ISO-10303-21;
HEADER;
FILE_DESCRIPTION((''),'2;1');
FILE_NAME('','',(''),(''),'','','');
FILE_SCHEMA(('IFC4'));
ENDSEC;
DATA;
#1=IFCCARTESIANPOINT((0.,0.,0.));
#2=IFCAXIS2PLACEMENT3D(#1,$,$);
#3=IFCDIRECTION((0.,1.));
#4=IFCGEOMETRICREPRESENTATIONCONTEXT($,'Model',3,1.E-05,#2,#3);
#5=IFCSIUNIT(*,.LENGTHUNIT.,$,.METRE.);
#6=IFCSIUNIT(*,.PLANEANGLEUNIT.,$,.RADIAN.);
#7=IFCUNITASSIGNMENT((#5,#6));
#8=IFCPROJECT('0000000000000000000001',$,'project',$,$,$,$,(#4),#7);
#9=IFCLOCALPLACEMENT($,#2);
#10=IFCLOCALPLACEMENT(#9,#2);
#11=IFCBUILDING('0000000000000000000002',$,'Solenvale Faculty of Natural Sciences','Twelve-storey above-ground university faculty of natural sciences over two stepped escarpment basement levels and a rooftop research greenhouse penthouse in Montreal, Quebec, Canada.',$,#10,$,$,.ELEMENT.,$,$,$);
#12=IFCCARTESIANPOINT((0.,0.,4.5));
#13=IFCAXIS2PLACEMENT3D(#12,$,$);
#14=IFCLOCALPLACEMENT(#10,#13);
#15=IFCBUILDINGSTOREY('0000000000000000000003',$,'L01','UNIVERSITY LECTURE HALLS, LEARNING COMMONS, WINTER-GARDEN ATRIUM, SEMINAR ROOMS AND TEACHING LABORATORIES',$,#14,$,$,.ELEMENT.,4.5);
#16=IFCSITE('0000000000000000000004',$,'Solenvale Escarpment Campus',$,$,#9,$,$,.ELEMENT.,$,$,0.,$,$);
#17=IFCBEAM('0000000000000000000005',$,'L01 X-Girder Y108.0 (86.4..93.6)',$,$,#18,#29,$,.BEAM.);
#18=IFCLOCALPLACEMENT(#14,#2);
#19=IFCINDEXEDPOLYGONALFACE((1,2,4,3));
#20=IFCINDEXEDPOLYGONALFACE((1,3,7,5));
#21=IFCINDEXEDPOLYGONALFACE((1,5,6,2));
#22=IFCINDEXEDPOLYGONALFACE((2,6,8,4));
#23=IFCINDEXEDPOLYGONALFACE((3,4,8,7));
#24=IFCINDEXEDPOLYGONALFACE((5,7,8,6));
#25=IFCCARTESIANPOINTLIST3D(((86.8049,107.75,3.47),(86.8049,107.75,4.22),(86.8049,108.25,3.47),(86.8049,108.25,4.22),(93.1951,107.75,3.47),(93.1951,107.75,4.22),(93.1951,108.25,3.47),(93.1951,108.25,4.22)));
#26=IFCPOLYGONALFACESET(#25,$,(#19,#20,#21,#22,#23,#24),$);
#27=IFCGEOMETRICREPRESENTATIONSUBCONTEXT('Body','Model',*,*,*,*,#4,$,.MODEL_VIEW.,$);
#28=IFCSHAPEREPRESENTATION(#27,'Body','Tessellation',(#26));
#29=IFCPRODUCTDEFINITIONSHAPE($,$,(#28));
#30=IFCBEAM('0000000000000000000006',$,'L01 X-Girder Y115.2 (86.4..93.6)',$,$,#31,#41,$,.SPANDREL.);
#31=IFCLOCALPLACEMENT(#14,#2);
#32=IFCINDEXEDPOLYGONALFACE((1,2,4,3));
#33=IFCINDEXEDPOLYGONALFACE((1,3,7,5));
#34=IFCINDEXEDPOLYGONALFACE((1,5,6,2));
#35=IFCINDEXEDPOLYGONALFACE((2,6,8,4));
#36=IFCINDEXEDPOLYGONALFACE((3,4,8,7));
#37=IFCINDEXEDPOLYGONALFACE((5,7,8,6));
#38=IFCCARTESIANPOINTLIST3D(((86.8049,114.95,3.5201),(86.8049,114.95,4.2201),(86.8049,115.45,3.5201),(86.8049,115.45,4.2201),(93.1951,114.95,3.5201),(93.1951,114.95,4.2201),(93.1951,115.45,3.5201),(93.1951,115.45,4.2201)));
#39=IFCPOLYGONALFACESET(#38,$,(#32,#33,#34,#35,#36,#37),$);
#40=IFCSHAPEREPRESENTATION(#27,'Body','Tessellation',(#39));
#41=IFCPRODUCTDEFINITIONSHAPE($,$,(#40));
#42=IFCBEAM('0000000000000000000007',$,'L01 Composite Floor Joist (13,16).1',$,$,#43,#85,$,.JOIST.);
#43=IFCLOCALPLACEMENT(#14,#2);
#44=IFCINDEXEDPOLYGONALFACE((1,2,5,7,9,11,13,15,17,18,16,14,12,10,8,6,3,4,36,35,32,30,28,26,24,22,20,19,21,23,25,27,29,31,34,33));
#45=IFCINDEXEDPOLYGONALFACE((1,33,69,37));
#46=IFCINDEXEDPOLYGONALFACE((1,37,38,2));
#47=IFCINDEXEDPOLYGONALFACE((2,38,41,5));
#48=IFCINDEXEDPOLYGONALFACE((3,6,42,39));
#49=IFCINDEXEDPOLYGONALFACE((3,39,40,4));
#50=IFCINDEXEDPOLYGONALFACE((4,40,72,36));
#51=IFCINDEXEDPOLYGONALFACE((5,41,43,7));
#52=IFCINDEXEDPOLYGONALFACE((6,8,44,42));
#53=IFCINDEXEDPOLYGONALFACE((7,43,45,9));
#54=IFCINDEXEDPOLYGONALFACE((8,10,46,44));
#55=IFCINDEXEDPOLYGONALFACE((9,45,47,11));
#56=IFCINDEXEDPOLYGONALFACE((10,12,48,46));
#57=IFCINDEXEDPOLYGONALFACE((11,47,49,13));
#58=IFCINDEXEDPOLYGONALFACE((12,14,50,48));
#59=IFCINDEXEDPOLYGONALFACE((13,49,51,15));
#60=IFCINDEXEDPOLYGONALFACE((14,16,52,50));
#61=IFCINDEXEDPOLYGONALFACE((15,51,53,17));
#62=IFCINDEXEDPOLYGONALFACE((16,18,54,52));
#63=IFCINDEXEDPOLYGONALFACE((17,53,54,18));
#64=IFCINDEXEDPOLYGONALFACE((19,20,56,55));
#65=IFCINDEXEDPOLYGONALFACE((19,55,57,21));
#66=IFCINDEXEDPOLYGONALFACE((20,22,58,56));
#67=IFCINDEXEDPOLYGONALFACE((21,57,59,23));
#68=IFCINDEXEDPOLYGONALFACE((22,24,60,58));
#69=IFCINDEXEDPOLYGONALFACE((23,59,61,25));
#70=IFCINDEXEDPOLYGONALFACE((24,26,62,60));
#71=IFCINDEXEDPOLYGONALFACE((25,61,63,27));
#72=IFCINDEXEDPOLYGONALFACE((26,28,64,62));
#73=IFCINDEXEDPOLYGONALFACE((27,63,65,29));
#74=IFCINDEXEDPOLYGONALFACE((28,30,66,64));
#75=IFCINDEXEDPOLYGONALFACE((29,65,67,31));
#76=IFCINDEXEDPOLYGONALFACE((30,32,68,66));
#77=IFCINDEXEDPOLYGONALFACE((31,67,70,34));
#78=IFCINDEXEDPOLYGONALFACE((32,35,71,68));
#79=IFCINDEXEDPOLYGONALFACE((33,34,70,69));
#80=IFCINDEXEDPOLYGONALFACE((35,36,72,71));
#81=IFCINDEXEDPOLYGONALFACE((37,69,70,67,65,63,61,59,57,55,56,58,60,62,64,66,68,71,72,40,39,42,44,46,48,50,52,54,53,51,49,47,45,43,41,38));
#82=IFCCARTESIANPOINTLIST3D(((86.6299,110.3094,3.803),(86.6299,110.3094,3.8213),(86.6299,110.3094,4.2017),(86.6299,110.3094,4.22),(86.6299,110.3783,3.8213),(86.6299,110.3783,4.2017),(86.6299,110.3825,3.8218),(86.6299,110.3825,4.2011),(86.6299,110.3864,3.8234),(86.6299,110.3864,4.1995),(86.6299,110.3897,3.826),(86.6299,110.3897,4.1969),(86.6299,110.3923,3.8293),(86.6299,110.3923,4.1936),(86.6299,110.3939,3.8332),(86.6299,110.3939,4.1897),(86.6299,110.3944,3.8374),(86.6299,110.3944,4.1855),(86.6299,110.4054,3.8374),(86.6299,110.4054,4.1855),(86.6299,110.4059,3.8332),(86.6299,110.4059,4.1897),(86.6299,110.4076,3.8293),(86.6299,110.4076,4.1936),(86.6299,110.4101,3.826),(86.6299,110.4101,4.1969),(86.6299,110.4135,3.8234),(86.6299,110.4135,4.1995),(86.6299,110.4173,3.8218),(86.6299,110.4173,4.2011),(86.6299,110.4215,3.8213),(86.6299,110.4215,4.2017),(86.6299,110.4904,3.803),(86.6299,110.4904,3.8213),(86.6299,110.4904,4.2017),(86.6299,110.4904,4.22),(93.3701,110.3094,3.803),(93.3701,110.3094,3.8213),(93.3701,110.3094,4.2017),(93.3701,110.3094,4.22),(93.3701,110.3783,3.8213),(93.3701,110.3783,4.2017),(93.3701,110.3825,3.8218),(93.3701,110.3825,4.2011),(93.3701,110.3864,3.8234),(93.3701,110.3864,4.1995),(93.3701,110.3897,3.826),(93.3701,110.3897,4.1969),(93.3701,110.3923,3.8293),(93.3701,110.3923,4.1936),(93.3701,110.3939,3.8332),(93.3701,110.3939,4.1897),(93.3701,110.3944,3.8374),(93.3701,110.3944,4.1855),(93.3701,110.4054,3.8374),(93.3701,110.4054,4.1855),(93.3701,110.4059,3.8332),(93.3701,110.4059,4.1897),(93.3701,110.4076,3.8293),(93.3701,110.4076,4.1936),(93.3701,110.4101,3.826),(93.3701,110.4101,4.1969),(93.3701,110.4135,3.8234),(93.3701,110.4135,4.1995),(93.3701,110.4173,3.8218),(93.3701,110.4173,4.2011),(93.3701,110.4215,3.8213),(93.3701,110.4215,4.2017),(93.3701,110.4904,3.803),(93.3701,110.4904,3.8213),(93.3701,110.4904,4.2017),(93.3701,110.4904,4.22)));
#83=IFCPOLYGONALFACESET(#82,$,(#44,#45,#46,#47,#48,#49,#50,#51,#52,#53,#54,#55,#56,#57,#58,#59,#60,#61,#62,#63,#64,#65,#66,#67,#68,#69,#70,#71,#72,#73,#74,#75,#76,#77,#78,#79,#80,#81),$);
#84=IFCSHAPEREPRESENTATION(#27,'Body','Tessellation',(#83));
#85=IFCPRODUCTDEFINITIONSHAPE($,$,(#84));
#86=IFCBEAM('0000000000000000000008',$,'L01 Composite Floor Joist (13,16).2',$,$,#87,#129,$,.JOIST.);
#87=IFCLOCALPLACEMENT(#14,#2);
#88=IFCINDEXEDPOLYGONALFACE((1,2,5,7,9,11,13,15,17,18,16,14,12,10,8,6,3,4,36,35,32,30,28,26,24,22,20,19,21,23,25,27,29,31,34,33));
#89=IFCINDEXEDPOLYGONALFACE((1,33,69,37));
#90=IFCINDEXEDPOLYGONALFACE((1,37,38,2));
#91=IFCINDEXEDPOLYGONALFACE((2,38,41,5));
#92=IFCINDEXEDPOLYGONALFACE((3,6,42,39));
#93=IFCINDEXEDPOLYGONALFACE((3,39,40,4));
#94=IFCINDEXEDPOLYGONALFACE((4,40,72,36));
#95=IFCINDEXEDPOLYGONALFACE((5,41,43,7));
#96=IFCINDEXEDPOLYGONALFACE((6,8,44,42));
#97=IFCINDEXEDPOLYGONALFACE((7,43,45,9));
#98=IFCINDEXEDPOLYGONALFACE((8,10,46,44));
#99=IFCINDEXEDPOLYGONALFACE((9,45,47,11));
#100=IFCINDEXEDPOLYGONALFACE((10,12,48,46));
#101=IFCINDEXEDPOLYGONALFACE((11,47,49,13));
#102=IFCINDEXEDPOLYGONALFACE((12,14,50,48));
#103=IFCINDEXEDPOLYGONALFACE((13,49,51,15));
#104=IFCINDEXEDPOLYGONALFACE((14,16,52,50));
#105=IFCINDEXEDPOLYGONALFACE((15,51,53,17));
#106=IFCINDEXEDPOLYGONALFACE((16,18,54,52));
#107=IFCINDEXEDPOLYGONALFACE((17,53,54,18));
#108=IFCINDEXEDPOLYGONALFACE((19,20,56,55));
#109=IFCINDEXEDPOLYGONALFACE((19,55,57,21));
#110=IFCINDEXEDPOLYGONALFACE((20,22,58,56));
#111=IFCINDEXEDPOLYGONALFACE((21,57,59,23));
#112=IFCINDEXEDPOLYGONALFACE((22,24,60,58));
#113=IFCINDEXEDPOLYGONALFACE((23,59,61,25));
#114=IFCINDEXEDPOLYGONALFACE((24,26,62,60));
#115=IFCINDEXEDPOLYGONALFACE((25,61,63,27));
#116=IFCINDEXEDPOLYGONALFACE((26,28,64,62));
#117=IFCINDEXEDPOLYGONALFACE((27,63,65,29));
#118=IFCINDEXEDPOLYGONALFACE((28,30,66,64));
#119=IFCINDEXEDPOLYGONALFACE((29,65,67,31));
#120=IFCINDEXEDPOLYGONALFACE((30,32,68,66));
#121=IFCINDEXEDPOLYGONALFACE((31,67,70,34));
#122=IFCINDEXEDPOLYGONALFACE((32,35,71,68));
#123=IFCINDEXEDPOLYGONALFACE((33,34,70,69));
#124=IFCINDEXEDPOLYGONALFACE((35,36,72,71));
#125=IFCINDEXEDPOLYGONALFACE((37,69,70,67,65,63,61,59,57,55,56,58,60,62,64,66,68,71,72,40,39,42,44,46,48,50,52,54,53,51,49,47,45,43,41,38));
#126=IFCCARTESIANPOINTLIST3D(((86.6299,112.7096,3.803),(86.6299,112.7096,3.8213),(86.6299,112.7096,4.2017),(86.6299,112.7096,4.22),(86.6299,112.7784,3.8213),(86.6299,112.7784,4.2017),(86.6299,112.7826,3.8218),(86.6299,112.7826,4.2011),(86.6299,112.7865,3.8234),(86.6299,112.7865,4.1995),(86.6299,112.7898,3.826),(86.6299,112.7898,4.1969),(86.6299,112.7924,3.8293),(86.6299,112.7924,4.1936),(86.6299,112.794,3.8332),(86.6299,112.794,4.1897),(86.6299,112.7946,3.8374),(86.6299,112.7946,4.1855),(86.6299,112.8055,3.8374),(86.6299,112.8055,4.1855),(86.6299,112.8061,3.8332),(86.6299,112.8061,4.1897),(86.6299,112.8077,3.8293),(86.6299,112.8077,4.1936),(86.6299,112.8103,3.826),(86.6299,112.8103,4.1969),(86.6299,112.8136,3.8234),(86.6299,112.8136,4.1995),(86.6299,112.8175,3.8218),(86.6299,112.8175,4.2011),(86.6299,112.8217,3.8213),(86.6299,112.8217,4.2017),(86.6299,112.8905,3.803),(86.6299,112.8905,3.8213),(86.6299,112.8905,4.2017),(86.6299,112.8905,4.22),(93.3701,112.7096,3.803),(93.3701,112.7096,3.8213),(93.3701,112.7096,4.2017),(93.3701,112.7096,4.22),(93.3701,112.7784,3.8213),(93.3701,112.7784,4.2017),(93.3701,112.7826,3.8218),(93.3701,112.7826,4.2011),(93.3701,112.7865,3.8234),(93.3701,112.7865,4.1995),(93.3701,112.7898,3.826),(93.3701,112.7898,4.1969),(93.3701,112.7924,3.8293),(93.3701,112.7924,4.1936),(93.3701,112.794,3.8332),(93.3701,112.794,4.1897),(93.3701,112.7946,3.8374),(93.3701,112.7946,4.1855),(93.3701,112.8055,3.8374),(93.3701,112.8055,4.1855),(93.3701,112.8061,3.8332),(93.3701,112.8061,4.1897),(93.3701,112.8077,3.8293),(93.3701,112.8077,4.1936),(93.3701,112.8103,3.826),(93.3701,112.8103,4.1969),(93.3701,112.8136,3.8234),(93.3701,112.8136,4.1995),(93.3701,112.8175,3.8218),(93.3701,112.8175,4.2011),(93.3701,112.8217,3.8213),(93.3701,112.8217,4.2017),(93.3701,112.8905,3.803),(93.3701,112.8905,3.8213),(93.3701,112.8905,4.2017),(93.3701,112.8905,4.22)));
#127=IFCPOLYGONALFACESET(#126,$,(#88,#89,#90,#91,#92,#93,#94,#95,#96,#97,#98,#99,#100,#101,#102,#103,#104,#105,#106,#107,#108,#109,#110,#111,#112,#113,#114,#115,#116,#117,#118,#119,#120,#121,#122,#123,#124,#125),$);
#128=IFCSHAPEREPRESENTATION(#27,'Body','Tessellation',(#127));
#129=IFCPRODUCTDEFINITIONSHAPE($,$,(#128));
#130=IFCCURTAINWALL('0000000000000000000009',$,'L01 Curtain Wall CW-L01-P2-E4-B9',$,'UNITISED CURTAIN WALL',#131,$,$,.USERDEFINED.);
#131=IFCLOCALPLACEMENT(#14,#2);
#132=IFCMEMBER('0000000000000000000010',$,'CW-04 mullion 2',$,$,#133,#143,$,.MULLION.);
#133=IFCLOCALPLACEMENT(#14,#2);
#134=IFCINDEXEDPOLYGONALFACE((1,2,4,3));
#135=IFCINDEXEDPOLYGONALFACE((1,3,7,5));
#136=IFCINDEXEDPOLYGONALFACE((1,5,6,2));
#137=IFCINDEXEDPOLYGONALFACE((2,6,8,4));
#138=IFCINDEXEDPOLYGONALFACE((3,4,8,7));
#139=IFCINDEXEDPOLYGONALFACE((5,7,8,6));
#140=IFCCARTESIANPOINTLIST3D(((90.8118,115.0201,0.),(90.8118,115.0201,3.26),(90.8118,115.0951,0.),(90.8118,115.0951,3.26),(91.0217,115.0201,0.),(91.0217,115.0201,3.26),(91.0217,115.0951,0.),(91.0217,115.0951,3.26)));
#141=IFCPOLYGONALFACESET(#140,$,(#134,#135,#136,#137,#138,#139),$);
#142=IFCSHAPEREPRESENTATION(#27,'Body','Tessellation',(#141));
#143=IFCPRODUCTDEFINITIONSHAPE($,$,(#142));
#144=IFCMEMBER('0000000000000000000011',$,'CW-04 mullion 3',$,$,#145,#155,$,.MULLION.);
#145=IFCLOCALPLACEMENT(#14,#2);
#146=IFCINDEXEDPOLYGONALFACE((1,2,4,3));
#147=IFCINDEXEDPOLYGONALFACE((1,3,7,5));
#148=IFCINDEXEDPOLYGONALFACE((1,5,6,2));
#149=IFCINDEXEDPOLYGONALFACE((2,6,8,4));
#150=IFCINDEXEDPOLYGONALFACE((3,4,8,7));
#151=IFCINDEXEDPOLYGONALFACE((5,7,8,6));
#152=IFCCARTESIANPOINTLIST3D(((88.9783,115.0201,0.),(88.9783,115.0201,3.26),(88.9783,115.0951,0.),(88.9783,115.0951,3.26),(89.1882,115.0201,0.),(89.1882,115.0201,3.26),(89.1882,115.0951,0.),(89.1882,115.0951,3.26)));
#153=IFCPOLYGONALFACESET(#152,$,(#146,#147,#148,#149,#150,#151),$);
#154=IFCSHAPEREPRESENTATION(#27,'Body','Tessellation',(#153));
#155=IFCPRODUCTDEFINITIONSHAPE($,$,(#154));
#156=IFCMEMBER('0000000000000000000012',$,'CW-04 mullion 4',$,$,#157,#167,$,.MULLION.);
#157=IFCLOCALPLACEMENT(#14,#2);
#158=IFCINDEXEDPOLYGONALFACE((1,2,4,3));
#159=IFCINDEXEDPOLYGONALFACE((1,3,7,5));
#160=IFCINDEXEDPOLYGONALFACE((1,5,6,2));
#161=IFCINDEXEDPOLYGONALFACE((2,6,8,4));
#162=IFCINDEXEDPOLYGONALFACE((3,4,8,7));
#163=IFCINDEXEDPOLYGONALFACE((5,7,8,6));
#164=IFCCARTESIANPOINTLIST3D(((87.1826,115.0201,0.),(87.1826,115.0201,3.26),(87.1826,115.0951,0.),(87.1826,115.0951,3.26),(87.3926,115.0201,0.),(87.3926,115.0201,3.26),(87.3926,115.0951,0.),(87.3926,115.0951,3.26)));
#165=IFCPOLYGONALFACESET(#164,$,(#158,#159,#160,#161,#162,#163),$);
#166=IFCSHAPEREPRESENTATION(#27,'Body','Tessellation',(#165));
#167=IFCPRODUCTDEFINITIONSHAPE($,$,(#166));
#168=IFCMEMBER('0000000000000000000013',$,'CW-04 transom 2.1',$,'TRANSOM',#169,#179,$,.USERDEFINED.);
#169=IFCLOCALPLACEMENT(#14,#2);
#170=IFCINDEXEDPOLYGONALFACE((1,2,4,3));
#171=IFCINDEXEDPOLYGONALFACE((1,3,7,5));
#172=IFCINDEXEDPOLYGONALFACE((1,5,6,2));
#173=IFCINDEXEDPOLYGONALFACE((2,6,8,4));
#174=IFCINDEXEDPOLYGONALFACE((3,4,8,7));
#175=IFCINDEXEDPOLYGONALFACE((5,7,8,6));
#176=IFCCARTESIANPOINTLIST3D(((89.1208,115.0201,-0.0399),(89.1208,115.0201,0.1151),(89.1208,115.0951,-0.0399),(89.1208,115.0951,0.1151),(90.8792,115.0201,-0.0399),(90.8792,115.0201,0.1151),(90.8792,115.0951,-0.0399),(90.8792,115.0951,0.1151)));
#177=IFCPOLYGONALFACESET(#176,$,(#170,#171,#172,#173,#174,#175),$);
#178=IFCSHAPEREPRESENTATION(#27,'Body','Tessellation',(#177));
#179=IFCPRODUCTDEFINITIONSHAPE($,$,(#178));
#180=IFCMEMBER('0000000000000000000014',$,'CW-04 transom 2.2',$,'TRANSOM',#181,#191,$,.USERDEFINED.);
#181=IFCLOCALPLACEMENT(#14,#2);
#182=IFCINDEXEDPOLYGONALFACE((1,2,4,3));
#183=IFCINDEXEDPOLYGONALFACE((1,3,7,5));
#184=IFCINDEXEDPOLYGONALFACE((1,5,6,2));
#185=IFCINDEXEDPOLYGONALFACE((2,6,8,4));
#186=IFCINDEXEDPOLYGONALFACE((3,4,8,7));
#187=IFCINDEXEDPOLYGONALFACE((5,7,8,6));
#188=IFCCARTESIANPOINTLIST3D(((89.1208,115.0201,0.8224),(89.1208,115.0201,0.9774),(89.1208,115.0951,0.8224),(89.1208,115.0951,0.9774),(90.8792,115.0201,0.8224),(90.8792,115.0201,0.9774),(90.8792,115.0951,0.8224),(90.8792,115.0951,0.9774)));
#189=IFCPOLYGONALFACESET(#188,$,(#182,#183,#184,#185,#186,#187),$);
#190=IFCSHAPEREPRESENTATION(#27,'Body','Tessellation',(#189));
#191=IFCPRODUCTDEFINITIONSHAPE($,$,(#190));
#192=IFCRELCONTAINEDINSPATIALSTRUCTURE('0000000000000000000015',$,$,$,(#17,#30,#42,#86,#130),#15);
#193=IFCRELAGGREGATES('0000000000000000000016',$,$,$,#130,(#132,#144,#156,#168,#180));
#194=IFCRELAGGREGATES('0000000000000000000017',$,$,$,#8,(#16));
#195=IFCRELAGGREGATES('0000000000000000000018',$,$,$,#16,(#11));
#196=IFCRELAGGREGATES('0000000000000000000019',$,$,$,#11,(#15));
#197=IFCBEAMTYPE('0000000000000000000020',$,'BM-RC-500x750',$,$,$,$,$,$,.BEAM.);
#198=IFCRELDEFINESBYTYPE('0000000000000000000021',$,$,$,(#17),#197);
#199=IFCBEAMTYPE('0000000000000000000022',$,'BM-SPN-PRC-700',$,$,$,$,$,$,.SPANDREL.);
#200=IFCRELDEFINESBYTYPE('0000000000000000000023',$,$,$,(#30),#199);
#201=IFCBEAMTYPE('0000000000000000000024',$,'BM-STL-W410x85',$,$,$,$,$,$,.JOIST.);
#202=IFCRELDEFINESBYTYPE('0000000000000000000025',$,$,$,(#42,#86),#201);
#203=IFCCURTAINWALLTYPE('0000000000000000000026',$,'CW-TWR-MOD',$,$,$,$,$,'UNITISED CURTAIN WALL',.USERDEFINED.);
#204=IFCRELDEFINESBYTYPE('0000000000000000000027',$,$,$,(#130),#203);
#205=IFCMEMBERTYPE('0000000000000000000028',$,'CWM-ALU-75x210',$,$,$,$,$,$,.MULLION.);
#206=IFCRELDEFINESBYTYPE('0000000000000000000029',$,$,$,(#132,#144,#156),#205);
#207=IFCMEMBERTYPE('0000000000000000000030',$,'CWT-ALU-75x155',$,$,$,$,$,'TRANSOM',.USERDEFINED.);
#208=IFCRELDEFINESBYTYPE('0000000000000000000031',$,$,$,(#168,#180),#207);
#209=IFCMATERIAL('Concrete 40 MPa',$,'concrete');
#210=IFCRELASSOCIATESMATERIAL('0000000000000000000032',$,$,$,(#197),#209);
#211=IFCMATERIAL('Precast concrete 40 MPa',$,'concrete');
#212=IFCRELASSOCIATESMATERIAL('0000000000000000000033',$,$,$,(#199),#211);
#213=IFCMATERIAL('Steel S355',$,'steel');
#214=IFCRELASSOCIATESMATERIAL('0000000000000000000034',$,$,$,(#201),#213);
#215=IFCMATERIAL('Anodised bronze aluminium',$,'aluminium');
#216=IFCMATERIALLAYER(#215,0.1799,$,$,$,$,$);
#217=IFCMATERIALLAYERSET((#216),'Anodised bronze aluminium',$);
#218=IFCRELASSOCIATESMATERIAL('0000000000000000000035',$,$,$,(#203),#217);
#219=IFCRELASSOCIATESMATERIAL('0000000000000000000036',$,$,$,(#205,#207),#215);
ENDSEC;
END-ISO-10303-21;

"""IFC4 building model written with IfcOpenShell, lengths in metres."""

from ifc_helpers import new_model, si_unit, direction, frame, origin, origin_2d, place, context, subcontext, project, spatial, rectangle, i_section, extrude, material, layer, layer_set, material_profile, profile_set, type_object, element, aggregate, save


model = new_model("IFC4")

# Units and contexts
model_context = context("Model", 3, precision=1e-05, world=origin(), true_north=direction((0.0, 1.0)))
body_context = subcontext(model_context, "Body", "Model", "MODEL_VIEW")
ifc_project = project(units=[si_unit("LENGTHUNIT", "METRE"), si_unit("PLANEANGLEUNIT", "RADIAN")], contexts=[model_context])

# Site, building, storey
site_placement = place(None, origin())
site = spatial("IfcSite", under=ifc_project, at=site_placement, Name="Solenvale Escarpment Campus", CompositionType="ELEMENT", RefElevation=0.0)
building_placement = place(site_placement, origin())
building = spatial("IfcBuilding", under=site, at=building_placement, Name="Solenvale Faculty of Natural Sciences", Description="Twelve-storey above-ground university faculty of natural sciences over two stepped escarpment basement levels and a rooftop research greenhouse penthouse in Montreal, Quebec, Canada.", CompositionType="ELEMENT")
storey_placement = place(building_placement, frame((0.0, 0.0, 4.5)))
storey = spatial("IfcBuildingStorey", under=building, at=storey_placement, Name="L01", Description="UNIVERSITY LECTURE HALLS, LEARNING COMMONS, WINTER-GARDEN ATRIUM, SEMINAR ROOMS AND TEACHING LABORATORIES", CompositionType="ELEMENT", Elevation=4.5)

# Beams
ifc_material_1 = material(Name="Concrete 40 MPa", Category="concrete")
ifc_material_profile_1 = material_profile(ifc_material_1, rectangle(XDim=0.5, YDim=0.75, at=origin_2d()), Name="RC-BM-500x750")
ifc_profile_set_1 = profile_set([ifc_material_profile_1], Name="Concrete 40 MPa")
beam_type_1 = type_object("IfcBeamType", Name="BM-RC-500x750", PredefinedType="BEAM", material=ifc_profile_set_1)
beam_1_placement = place(storey_placement, frame((86.8049, 108.0, 3.845), z_axis=(1.0, 0.0, 0.0), x_axis=(0.0, 1.0, 0.0)))
element("IfcBeam", 1, at=beam_1_placement, inside=storey, type_object=beam_type_1, Name="L01 X-Girder Y108.0 (86.4..93.6)", PredefinedType="BEAM", context=body_context, shape_type="SweptSolid", body=[
    extrude(rectangle(XDim=0.5, YDim=0.75, at=origin_2d()), origin(), (0.0, 0.0, 1.0), 6.3901),
])
ifc_material_2 = material(Name="Precast concrete 40 MPa", Category="concrete")
ifc_material_profile_2 = material_profile(ifc_material_2, rectangle(XDim=0.5, YDim=0.7, at=origin_2d()), Name="RC-BM-500x700")
ifc_profile_set_2 = profile_set([ifc_material_profile_2], Name="Precast concrete 40 MPa")
beam_type_2 = type_object("IfcBeamType", Name="BM-SPN-PRC-700", PredefinedType="SPANDREL", material=ifc_profile_set_2)
beam_2_placement = place(storey_placement, frame((86.8049, 115.2, 3.8701), z_axis=(1.0, 0.0, 0.0), x_axis=(0.0, 1.0, 0.0)))
element("IfcBeam", 2, at=beam_2_placement, inside=storey, type_object=beam_type_2, Name="L01 X-Girder Y115.2 (86.4..93.6)", PredefinedType="SPANDREL", context=body_context, shape_type="SweptSolid", body=[
    extrude(rectangle(XDim=0.5, YDim=0.7, at=origin_2d()), origin(), (0.0, 0.0, 1.0), 6.3901),
])
ifc_material_3 = material(Name="Steel S355", Category="steel")
ifc_material_profile_3 = material_profile(ifc_material_3, i_section(OverallWidth=0.1809, OverallDepth=0.417, WebThickness=0.011, FlangeThickness=0.0183, FilletRadius=0.0161, at=origin_2d()), Name="W410x85")
ifc_profile_set_3 = profile_set([ifc_material_profile_3], Name="Steel S355")
beam_type_3 = type_object("IfcBeamType", Name="BM-STL-W410x85", PredefinedType="JOIST", material=ifc_profile_set_3)
for number, where, z_axis, x_axis, name in (
    (3, (86.6299, 110.3999, 4.0115), (1.0, 0.0, 0.0), (0.0, 1.0, 0.0), "L01 Composite Floor Joist (13,16).1"),
    (4, (86.6299, 112.8, 4.0115), (1.0, 0.0, 0.0), (0.0, 1.0, 0.0), "L01 Composite Floor Joist (13,16).2"),
):
    element("IfcBeam", number, at=place(storey_placement, frame(where, z_axis=z_axis, x_axis=x_axis)), inside=storey, type_object=beam_type_3, Name=name, PredefinedType="JOIST", context=body_context, shape_type="SweptSolid", body=[
        extrude(i_section(OverallWidth=0.1809, OverallDepth=0.417, WebThickness=0.011, FlangeThickness=0.0183, FilletRadius=0.0161, at=origin_2d()), origin(), (0.0, 0.0, 1.0), 6.7402),
    ])

# Curtain wall, members
ifc_material_4 = material(Name="Anodised bronze aluminium", Category="aluminium")
ifc_layer_1 = layer(ifc_material_4, 0.1799)
ifc_layer_set_1 = layer_set([ifc_layer_1], Name="Anodised bronze aluminium")
curtain_wall_type = type_object("IfcCurtainWallType", Name="CW-TWR-MOD", ElementType="UNITISED CURTAIN WALL", PredefinedType="USERDEFINED", material=ifc_layer_set_1)
curtain_wall_placement = place(storey_placement, origin())
curtain_wall = element("IfcCurtainWall", 5, at=curtain_wall_placement, inside=storey, type_object=curtain_wall_type, Name="L01 Curtain Wall CW-L01-P2-E4-B9", ObjectType="UNITISED CURTAIN WALL", PredefinedType="USERDEFINED")
ifc_material_profile_4 = material_profile(ifc_material_4, rectangle(XDim=0.075, YDim=0.21, at=origin_2d()), Name="ALU-MUL-75x210")
ifc_profile_set_4 = profile_set([ifc_material_profile_4], Name="Anodised bronze aluminium")
member_type_1 = type_object("IfcMemberType", Name="CWM-ALU-75x210", PredefinedType="MULLION", material=ifc_profile_set_4)
member_1_placement = place(storey_placement, frame((90.9167, 115.0576, 0.0), z_axis=(0.0, 0.0, 1.0), x_axis=(0.0, -1.0, 0.0)))
member_1 = element("IfcMember", 6, at=member_1_placement, type_object=member_type_1, Name="CW-04 mullion 2", PredefinedType="MULLION", context=body_context, shape_type="SweptSolid", body=[
    extrude(rectangle(XDim=0.075, YDim=0.21, at=origin_2d()), origin(), (0.0, 0.0, 1.0), 3.26),
])
member_2_placement = place(storey_placement, frame((89.0833, 115.0576, 0.0), z_axis=(0.0, 0.0, 1.0), x_axis=(0.0, -1.0, 0.0)))
member_2 = element("IfcMember", 7, at=member_2_placement, type_object=member_type_1, Name="CW-04 mullion 3", PredefinedType="MULLION", context=body_context, shape_type="SweptSolid", body=[
    extrude(rectangle(XDim=0.075, YDim=0.21, at=origin_2d()), origin(), (0.0, 0.0, 1.0), 3.26),
])
member_3_placement = place(storey_placement, frame((87.2876, 115.0576, 0.0), z_axis=(0.0, 0.0, 1.0), x_axis=(0.0, -1.0, 0.0)))
member_3 = element("IfcMember", 8, at=member_3_placement, type_object=member_type_1, Name="CW-04 mullion 4", PredefinedType="MULLION", context=body_context, shape_type="SweptSolid", body=[
    extrude(rectangle(XDim=0.075, YDim=0.21, at=origin_2d()), origin(), (0.0, 0.0, 1.0), 3.26),
])
ifc_material_profile_5 = material_profile(ifc_material_4, rectangle(XDim=0.075, YDim=0.155, at=origin_2d()), Name="ALU-TRN-75x155")
ifc_profile_set_5 = profile_set([ifc_material_profile_5], Name="Anodised bronze aluminium")
member_type_2 = type_object("IfcMemberType", Name="CWT-ALU-75x155", ElementType="TRANSOM", PredefinedType="USERDEFINED", material=ifc_profile_set_5)
member_4_placement = place(storey_placement, frame((90.8792, 115.0576, 0.0376), z_axis=(-1.0, 0.0, 0.0), x_axis=(0.0, -1.0, 0.0)))
member_4 = element("IfcMember", 9, at=member_4_placement, type_object=member_type_2, Name="CW-04 transom 2.1", ObjectType="TRANSOM", PredefinedType="USERDEFINED", context=body_context, shape_type="SweptSolid", body=[
    extrude(rectangle(XDim=0.075, YDim=0.155, at=origin_2d()), origin(), (0.0, 0.0, 1.0), 1.7583),
])
member_5_placement = place(storey_placement, frame((90.8792, 115.0576, 0.8999), z_axis=(-1.0, 0.0, 0.0), x_axis=(0.0, -1.0, 0.0)))
member_5 = element("IfcMember", 10, at=member_5_placement, type_object=member_type_2, Name="CW-04 transom 2.2", ObjectType="TRANSOM", PredefinedType="USERDEFINED", context=body_context, shape_type="SweptSolid", body=[
    extrude(rectangle(XDim=0.075, YDim=0.155, at=origin_2d()), origin(), (0.0, 0.0, 1.0), 1.7583),
])
aggregate(curtain_wall, [member_1, member_2, member_3, member_4, member_5])

save(model, "model.ifc")
